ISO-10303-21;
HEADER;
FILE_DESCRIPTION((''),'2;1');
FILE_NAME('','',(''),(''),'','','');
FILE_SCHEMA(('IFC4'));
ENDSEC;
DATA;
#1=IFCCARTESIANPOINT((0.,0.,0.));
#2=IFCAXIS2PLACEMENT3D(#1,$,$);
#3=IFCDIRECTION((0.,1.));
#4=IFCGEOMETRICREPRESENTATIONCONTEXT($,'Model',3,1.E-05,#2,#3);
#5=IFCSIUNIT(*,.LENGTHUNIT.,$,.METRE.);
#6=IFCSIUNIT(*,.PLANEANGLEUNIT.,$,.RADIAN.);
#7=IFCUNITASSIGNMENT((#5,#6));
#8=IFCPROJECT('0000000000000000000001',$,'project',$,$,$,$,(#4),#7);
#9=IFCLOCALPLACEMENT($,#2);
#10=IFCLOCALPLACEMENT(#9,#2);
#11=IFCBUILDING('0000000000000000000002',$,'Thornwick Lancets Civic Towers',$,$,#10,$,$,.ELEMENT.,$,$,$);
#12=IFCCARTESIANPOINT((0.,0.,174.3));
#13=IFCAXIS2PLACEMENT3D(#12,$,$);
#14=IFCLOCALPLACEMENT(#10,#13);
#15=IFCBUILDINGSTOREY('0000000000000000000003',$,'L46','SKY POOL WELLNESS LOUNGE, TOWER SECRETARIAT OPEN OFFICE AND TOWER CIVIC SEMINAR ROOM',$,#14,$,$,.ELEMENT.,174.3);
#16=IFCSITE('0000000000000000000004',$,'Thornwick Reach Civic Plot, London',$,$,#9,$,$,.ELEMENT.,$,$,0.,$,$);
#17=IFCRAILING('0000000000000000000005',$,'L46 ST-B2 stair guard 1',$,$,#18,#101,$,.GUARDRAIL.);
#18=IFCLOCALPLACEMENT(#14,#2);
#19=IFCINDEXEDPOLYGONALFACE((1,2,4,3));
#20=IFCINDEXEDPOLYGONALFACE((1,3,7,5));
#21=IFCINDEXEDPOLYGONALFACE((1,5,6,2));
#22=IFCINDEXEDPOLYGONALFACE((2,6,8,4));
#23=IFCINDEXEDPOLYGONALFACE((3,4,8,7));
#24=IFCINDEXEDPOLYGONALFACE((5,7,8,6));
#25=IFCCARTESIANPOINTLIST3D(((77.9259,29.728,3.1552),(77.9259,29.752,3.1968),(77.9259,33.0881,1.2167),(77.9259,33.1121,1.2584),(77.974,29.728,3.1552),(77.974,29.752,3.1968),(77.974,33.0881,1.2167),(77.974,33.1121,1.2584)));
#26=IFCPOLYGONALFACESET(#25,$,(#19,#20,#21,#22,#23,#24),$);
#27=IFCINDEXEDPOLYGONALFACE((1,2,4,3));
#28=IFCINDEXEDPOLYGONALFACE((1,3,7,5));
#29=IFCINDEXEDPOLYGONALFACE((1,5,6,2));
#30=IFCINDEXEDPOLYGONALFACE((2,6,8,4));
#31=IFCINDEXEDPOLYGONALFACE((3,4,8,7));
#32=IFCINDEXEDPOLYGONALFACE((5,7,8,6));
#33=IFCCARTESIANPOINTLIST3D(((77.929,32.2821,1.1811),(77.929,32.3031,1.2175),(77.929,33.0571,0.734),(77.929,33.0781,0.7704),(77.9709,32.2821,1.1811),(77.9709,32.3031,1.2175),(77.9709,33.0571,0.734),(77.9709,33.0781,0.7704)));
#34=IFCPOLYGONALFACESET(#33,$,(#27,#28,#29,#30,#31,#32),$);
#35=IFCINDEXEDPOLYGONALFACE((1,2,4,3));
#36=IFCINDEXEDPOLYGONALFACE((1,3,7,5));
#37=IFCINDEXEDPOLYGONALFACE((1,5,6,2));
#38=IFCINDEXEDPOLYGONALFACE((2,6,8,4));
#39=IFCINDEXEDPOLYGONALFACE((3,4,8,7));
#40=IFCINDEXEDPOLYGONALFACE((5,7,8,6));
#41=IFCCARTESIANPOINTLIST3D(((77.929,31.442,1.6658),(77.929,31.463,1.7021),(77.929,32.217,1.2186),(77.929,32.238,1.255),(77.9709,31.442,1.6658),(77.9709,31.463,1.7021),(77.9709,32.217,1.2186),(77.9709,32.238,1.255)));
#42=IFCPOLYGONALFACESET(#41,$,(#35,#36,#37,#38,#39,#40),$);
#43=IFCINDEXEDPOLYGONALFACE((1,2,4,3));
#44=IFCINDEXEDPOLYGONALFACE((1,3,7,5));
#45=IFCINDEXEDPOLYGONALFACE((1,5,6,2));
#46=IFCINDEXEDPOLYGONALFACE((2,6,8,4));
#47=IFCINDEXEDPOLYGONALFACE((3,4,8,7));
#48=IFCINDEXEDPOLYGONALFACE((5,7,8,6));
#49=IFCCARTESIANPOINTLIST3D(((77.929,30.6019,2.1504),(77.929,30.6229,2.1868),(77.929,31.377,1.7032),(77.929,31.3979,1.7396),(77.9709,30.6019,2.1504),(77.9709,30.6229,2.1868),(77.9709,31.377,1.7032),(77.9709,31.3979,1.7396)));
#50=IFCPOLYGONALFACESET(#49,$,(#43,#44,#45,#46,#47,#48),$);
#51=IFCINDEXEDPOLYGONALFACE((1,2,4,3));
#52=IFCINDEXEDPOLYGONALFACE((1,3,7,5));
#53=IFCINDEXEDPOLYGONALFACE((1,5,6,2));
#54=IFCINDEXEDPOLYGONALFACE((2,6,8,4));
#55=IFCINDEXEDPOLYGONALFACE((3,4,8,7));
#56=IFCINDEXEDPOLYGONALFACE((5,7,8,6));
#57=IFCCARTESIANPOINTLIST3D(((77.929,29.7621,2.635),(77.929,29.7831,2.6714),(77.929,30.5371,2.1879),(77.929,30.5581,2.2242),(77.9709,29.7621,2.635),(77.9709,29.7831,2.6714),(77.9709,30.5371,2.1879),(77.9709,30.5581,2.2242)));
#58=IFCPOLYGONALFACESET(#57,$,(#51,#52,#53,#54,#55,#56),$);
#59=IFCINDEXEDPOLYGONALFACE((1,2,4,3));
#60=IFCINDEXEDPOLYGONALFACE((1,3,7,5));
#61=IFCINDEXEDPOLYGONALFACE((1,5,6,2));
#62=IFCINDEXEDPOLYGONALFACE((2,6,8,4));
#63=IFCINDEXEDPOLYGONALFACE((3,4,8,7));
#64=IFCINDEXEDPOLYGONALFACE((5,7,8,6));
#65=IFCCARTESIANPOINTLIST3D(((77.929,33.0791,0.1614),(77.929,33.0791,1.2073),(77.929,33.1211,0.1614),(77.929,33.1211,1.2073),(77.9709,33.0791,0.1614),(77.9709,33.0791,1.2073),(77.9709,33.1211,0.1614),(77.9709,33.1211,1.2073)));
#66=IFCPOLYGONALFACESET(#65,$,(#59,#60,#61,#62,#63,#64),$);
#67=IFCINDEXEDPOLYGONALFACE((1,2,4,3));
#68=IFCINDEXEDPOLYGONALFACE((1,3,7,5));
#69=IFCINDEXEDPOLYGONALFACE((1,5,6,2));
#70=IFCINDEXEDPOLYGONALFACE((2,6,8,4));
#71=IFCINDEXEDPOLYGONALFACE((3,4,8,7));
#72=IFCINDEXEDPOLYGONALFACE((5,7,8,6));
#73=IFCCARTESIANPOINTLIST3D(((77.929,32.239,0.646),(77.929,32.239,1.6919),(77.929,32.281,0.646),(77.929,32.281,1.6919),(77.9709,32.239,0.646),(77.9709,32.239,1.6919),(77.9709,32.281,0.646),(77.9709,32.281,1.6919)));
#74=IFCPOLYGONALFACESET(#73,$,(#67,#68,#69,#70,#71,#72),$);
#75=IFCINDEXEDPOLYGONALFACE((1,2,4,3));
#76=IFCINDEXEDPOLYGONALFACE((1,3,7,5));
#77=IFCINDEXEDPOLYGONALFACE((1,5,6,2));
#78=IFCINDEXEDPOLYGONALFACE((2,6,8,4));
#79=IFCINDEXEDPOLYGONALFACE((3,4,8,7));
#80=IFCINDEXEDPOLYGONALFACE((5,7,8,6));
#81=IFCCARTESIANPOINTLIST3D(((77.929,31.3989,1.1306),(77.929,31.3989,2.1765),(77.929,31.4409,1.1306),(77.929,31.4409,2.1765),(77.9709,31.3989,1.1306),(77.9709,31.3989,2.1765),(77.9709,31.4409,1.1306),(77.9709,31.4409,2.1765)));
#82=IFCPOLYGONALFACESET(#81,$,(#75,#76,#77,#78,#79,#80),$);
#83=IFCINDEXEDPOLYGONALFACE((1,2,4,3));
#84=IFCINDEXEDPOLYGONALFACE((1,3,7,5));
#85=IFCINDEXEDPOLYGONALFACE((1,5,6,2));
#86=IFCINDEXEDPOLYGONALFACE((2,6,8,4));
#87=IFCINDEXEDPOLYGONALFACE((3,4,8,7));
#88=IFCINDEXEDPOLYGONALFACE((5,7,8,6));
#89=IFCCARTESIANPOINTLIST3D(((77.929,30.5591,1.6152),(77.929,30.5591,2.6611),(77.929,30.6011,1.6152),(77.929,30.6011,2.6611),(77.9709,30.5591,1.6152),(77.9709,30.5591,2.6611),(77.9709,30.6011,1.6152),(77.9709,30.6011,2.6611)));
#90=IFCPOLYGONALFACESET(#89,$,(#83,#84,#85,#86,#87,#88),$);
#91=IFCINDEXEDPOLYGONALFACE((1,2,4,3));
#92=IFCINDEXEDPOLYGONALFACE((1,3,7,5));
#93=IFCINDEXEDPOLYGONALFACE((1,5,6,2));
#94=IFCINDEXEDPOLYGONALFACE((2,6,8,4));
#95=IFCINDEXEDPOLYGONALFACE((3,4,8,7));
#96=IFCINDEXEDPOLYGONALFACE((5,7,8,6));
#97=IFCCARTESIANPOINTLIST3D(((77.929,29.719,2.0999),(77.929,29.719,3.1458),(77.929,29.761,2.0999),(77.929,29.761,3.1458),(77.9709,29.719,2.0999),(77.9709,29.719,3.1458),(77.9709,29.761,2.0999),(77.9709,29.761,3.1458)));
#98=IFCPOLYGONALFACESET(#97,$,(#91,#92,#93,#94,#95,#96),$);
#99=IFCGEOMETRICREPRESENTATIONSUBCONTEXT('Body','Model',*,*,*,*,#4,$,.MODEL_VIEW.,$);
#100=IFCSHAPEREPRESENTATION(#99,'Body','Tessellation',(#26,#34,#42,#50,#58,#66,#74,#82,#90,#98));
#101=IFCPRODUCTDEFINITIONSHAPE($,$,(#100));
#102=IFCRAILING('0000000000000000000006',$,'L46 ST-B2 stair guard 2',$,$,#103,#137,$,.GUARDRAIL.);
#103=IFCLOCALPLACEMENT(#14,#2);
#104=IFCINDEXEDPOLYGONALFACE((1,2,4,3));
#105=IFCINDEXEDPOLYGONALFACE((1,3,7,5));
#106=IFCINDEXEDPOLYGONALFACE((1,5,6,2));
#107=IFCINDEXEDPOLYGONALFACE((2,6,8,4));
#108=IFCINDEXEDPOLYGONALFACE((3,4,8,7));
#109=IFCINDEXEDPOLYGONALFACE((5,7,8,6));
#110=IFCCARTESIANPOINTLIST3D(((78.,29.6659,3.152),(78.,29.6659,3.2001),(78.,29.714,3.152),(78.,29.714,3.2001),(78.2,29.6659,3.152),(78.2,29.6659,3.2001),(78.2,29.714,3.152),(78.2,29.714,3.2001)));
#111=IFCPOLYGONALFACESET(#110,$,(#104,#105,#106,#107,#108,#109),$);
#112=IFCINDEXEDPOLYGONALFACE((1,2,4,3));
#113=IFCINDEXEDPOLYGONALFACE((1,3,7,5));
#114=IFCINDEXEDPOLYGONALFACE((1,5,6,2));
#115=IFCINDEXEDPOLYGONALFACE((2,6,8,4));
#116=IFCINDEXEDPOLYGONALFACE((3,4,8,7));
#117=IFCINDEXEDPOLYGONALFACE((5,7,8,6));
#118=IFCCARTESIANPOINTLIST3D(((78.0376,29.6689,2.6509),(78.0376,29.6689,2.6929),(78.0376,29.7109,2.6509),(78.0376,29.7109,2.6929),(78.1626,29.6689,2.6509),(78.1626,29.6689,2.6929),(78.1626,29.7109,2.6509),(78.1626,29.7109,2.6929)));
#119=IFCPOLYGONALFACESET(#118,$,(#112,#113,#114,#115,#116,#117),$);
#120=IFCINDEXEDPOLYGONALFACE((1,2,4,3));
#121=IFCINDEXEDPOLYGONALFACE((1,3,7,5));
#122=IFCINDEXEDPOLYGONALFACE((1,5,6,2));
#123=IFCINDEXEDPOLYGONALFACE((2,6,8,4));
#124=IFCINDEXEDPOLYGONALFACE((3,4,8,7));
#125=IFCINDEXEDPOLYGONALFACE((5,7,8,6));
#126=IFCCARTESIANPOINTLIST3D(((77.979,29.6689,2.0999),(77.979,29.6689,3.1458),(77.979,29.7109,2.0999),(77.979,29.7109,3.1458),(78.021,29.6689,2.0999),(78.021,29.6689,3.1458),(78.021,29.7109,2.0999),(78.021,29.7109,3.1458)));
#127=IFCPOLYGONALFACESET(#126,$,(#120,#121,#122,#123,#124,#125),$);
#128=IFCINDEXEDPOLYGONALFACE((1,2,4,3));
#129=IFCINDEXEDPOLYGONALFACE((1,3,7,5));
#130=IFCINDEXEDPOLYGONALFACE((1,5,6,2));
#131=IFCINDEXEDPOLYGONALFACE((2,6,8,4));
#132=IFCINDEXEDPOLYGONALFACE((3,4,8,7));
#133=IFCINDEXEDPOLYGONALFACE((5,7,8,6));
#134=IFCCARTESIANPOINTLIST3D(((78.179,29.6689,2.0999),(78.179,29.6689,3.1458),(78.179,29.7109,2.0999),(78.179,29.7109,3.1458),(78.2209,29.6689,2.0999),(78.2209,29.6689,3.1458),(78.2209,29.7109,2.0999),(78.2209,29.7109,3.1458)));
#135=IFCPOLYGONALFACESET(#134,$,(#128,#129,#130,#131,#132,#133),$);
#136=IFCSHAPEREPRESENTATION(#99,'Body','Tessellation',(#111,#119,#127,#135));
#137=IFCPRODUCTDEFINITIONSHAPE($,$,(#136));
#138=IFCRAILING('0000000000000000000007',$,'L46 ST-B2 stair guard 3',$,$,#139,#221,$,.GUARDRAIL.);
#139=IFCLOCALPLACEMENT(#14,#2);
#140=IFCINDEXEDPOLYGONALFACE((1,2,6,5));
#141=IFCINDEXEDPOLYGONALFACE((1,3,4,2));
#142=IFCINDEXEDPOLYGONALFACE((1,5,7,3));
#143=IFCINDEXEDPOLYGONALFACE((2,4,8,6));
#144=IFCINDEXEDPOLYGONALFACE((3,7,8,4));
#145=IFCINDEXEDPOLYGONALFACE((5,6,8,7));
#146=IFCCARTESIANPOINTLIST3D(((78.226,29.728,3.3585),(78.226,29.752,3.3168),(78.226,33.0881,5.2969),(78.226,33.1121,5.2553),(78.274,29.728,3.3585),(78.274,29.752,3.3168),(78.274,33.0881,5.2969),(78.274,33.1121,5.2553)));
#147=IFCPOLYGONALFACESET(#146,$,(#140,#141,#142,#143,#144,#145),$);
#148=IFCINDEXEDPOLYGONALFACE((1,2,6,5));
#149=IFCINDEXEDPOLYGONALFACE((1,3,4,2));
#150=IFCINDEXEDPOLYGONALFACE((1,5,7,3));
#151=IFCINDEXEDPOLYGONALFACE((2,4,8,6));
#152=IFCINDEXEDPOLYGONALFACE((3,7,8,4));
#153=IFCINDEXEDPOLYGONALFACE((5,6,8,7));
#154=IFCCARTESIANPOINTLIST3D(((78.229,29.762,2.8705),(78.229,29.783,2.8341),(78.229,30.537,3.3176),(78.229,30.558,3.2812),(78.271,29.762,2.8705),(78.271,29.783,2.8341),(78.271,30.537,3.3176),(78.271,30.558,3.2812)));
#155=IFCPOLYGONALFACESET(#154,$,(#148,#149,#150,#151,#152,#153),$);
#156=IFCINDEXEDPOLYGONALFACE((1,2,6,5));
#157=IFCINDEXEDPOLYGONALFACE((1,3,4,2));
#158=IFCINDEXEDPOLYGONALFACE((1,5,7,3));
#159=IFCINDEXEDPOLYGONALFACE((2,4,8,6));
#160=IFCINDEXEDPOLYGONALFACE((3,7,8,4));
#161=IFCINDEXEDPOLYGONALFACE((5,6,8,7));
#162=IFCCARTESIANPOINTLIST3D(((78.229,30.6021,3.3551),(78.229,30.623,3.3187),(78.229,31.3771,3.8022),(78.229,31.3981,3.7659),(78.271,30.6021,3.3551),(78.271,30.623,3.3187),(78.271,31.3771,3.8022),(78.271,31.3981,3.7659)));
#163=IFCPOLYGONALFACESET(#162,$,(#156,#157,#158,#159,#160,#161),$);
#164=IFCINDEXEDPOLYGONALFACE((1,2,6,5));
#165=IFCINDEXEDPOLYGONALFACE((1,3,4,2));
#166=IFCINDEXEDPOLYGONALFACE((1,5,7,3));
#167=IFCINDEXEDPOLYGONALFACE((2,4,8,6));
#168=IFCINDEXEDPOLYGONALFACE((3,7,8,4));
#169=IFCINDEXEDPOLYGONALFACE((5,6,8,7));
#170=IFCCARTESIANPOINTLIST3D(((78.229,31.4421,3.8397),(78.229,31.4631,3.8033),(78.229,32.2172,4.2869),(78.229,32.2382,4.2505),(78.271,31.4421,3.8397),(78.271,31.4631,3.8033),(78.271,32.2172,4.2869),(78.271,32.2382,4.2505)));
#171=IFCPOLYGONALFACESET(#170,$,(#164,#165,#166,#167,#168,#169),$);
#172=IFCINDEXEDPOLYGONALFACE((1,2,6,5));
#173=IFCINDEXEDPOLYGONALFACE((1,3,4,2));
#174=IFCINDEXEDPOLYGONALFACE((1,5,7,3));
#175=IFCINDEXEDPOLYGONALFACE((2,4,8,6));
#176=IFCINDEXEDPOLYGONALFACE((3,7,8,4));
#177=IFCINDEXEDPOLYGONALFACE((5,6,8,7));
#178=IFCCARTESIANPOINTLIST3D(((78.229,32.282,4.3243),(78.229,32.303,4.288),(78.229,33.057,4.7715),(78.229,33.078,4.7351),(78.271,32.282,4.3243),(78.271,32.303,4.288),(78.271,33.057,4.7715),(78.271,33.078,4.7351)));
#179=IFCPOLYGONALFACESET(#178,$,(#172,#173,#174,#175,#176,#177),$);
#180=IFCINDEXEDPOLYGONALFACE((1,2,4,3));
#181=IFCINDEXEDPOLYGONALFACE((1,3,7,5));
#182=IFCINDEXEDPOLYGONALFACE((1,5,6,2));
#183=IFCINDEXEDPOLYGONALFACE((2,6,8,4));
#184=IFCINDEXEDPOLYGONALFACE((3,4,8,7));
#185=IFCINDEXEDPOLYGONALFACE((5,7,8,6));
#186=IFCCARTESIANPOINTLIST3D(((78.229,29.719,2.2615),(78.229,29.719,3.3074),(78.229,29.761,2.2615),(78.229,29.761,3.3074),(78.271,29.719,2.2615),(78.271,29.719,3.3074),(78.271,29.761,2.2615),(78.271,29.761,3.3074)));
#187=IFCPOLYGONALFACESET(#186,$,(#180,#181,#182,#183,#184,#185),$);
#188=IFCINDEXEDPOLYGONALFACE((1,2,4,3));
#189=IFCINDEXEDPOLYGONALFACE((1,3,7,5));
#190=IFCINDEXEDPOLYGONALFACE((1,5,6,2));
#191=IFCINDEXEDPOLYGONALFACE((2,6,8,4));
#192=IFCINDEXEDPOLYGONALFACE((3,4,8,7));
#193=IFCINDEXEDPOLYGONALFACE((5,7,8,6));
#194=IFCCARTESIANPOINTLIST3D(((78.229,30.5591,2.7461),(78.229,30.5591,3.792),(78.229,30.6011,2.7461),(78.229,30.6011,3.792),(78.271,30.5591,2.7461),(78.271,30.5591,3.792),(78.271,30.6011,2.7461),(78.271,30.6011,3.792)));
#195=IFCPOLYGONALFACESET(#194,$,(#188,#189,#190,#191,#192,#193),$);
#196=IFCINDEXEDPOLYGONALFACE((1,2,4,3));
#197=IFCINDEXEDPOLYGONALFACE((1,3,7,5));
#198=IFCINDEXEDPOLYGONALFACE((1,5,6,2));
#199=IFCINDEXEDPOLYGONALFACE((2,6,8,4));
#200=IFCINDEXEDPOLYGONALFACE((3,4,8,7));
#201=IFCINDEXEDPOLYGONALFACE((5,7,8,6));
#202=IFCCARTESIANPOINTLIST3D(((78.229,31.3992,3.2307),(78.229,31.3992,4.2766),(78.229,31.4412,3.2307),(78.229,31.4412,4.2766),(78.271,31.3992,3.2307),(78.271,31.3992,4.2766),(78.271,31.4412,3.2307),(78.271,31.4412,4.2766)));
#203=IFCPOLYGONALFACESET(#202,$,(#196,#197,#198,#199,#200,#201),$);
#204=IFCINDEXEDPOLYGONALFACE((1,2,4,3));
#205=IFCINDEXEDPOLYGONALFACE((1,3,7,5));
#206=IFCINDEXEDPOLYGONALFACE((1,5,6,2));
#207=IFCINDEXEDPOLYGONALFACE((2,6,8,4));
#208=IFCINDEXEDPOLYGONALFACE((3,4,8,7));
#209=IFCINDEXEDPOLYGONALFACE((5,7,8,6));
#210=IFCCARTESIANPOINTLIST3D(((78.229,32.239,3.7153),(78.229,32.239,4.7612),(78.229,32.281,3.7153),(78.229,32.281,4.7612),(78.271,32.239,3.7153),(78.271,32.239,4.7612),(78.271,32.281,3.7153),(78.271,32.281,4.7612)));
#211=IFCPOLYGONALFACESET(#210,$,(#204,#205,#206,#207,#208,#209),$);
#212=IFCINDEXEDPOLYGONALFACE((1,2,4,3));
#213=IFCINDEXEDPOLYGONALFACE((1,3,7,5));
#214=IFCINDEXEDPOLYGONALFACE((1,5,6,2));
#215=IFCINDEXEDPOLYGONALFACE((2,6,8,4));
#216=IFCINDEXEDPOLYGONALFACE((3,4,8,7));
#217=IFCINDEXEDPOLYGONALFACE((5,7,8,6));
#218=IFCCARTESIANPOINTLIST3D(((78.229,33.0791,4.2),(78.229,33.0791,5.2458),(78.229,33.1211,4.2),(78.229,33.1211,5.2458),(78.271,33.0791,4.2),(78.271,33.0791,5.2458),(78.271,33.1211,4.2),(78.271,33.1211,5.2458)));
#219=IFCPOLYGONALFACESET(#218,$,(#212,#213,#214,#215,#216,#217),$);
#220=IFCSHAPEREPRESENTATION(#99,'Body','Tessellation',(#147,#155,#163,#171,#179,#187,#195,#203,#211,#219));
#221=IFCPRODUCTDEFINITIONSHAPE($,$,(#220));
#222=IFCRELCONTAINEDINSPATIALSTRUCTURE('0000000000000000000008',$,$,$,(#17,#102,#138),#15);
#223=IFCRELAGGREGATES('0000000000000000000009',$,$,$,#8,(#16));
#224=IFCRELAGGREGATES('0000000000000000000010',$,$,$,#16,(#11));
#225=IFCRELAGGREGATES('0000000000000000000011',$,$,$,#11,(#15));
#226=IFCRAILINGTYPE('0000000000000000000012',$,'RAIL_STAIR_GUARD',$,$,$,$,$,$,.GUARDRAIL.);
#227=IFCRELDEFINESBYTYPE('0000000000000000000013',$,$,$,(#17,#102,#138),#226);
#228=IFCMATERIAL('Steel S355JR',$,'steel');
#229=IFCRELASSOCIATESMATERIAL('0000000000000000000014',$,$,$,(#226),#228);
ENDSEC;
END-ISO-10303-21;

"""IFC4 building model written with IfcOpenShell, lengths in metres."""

from ifc_helpers import new_model, si_unit, direction, frame, origin, origin_2d, place, context, subcontext, project, spatial, rectangle, extrude, material, type_object, element, save


model = new_model("IFC4")

# Units and contexts
model_context = context("Model", 3, precision=1e-05, world=origin(), true_north=direction((0.0, 1.0)))
body_context = subcontext(model_context, "Body", "Model", "MODEL_VIEW")
ifc_project = project(units=[si_unit("LENGTHUNIT", "METRE"), si_unit("PLANEANGLEUNIT", "RADIAN")], contexts=[model_context])

# Site, building, storey
site_placement = place(None, origin())
site = spatial("IfcSite", under=ifc_project, at=site_placement, Name="Thornwick Reach Civic Plot, London", CompositionType="ELEMENT", RefElevation=0.0)
building_placement = place(site_placement, origin())
building = spatial("IfcBuilding", under=site, at=building_placement, Name="Thornwick Lancets Civic Towers", CompositionType="ELEMENT")
storey_placement = place(building_placement, frame((0.0, 0.0, 174.3)))
storey = spatial("IfcBuildingStorey", under=building, at=storey_placement, Name="L46", Description="SKY POOL WELLNESS LOUNGE, TOWER SECRETARIAT OPEN OFFICE AND TOWER CIVIC SEMINAR ROOM", CompositionType="ELEMENT", Elevation=174.3)

# Railings
ifc_material_1 = material(Name="Steel S355JR", Category="steel")
railing_type_1 = type_object("IfcRailingType", Name="RAIL_STAIR_GUARD", PredefinedType="GUARDRAIL", material=ifc_material_1)
railing_1_placement = place(storey_placement, frame((77.95, 33.1001, 0.1614)))
element("IfcRailing", 1, at=railing_1_placement, inside=storey, type_object=railing_type_1, Name="L46 ST-B2 stair guard 1", PredefinedType="GUARDRAIL", context=body_context, shape_type="SweptSolid", body=[
    extrude(rectangle(XDim=0.0481, YDim=0.0481, at=origin_2d()), frame((0.0, 0.0, 1.0762), z_axis=(0.0, -0.866191, 0.499713), x_axis=(1.0, 0.0, 0.0)), (0.0, 0.0, 1.0), 3.8792),
    extrude(rectangle(XDim=0.042, YDim=0.042, at=origin_2d()), frame((0.0, -0.0325, 0.5908), z_axis=(0.0, -0.866191, 0.499713), x_axis=(1.0, 0.0, 0.0)), (0.0, 0.0, 1.0), 0.8948),
    extrude(rectangle(XDim=0.042, YDim=0.042, at=origin_2d()), frame((0.0, -0.8726, 1.0754), z_axis=(0.0, -0.866191, 0.499713), x_axis=(1.0, 0.0, 0.0)), (0.0, 0.0, 1.0), 0.8948),
    extrude(rectangle(XDim=0.042, YDim=0.042, at=origin_2d()), frame((0.0, -1.7126, 1.5601), z_axis=(0.0, -0.866191, 0.499713), x_axis=(1.0, 0.0, 0.0)), (0.0, 0.0, 1.0), 0.8948),
    extrude(rectangle(XDim=0.042, YDim=0.042, at=origin_2d()), frame((0.0, -2.5525, 2.0447), z_axis=(0.0, -0.866191, 0.499713), x_axis=(1.0, 0.0, 0.0)), (0.0, 0.0, 1.0), 0.8948),
    extrude(rectangle(XDim=0.042, YDim=0.042, at=origin_2d()), origin(), (0.0, 0.0, 1.0), 1.0459),
    extrude(rectangle(XDim=0.042, YDim=0.042, at=origin_2d()), frame((0.0, -0.8401, 0.4846)), (0.0, 0.0, 1.0), 1.0459),
    extrude(rectangle(XDim=0.042, YDim=0.042, at=origin_2d()), frame((0.0, -1.6802, 0.9692)), (0.0, 0.0, 1.0), 1.0459),
    extrude(rectangle(XDim=0.042, YDim=0.042, at=origin_2d()), frame((0.0, -2.52, 1.4539)), (0.0, 0.0, 1.0), 1.0459),
    extrude(rectangle(XDim=0.042, YDim=0.042, at=origin_2d()), frame((0.0, -3.3601, 1.9385)), (0.0, 0.0, 1.0), 1.0459),
])
railing_2_placement = place(storey_placement, frame((78.0, 29.6899, 2.0999)))
element("IfcRailing", 2, at=railing_2_placement, inside=storey, type_object=railing_type_1, Name="L46 ST-B2 stair guard 2", PredefinedType="GUARDRAIL", context=body_context, shape_type="SweptSolid", body=[
    extrude(rectangle(XDim=0.0481, YDim=0.0481, at=origin_2d()), frame((0.0, 0.0, 1.0762), z_axis=(1.0, 0.0, 0.0), x_axis=(0.0, 1.0, 0.0)), (0.0, 0.0, 1.0), 0.2),
    extrude(rectangle(XDim=0.042, YDim=0.042, at=origin_2d()), frame((0.0376, 0.0, 0.572), z_axis=(1.0, 0.0, 0.0), x_axis=(0.0, 1.0, 0.0)), (0.0, 0.0, 1.0), 0.125),
    extrude(rectangle(XDim=0.042, YDim=0.042, at=origin_2d()), origin(), (0.0, 0.0, 1.0), 1.0459),
    extrude(rectangle(XDim=0.042, YDim=0.042, at=origin_2d()), frame((0.2, 0.0, 0.0)), (0.0, 0.0, 1.0), 1.0459),
])
railing_3_placement = place(storey_placement, frame((78.25, 29.74, 2.2615)))
element("IfcRailing", 3, at=railing_3_placement, inside=storey, type_object=railing_type_1, Name="L46 ST-B2 stair guard 3", PredefinedType="GUARDRAIL", context=body_context, shape_type="SweptSolid", body=[
    extrude(rectangle(XDim=0.0481, YDim=0.0481, at=origin_2d()), frame((0.0, 0.0, 1.0762), z_axis=(0.0, 0.866191, 0.499713), x_axis=(-1.0, 0.0, 0.0)), (0.0, 0.0, 1.0), 3.8792),
    extrude(rectangle(XDim=0.042, YDim=0.042, at=origin_2d()), frame((0.0, 0.0325, 0.5908), z_axis=(0.0, 0.866191, 0.499713), x_axis=(-1.0, 0.0, 0.0)), (0.0, 0.0, 1.0), 0.8948),
    extrude(rectangle(XDim=0.042, YDim=0.042, at=origin_2d()), frame((0.0, 0.8726, 1.0754), z_axis=(0.0, 0.866191, 0.499713), x_axis=(-1.0, 0.0, 0.0)), (0.0, 0.0, 1.0), 0.8948),
    extrude(rectangle(XDim=0.042, YDim=0.042, at=origin_2d()), frame((0.0, 1.7126, 1.5601), z_axis=(0.0, 0.866191, 0.499713), x_axis=(-1.0, 0.0, 0.0)), (0.0, 0.0, 1.0), 0.8948),
    extrude(rectangle(XDim=0.042, YDim=0.042, at=origin_2d()), frame((0.0, 2.5525, 2.0447), z_axis=(0.0, 0.866191, 0.499713), x_axis=(-1.0, 0.0, 0.0)), (0.0, 0.0, 1.0), 0.8948),
    extrude(rectangle(XDim=0.042, YDim=0.042, at=origin_2d()), origin(), (0.0, 0.0, 1.0), 1.0459),
    extrude(rectangle(XDim=0.042, YDim=0.042, at=origin_2d()), frame((0.0, 0.8401, 0.4846)), (0.0, 0.0, 1.0), 1.0459),
    extrude(rectangle(XDim=0.042, YDim=0.042, at=origin_2d()), frame((0.0, 1.6802, 0.9692)), (0.0, 0.0, 1.0), 1.0459),
    extrude(rectangle(XDim=0.042, YDim=0.042, at=origin_2d()), frame((0.0, 2.52, 1.4539)), (0.0, 0.0, 1.0), 1.0459),
    extrude(rectangle(XDim=0.042, YDim=0.042, at=origin_2d()), frame((0.0, 3.3601, 1.9385)), (0.0, 0.0, 1.0), 1.0459),
])

save(model, "model.ifc")
